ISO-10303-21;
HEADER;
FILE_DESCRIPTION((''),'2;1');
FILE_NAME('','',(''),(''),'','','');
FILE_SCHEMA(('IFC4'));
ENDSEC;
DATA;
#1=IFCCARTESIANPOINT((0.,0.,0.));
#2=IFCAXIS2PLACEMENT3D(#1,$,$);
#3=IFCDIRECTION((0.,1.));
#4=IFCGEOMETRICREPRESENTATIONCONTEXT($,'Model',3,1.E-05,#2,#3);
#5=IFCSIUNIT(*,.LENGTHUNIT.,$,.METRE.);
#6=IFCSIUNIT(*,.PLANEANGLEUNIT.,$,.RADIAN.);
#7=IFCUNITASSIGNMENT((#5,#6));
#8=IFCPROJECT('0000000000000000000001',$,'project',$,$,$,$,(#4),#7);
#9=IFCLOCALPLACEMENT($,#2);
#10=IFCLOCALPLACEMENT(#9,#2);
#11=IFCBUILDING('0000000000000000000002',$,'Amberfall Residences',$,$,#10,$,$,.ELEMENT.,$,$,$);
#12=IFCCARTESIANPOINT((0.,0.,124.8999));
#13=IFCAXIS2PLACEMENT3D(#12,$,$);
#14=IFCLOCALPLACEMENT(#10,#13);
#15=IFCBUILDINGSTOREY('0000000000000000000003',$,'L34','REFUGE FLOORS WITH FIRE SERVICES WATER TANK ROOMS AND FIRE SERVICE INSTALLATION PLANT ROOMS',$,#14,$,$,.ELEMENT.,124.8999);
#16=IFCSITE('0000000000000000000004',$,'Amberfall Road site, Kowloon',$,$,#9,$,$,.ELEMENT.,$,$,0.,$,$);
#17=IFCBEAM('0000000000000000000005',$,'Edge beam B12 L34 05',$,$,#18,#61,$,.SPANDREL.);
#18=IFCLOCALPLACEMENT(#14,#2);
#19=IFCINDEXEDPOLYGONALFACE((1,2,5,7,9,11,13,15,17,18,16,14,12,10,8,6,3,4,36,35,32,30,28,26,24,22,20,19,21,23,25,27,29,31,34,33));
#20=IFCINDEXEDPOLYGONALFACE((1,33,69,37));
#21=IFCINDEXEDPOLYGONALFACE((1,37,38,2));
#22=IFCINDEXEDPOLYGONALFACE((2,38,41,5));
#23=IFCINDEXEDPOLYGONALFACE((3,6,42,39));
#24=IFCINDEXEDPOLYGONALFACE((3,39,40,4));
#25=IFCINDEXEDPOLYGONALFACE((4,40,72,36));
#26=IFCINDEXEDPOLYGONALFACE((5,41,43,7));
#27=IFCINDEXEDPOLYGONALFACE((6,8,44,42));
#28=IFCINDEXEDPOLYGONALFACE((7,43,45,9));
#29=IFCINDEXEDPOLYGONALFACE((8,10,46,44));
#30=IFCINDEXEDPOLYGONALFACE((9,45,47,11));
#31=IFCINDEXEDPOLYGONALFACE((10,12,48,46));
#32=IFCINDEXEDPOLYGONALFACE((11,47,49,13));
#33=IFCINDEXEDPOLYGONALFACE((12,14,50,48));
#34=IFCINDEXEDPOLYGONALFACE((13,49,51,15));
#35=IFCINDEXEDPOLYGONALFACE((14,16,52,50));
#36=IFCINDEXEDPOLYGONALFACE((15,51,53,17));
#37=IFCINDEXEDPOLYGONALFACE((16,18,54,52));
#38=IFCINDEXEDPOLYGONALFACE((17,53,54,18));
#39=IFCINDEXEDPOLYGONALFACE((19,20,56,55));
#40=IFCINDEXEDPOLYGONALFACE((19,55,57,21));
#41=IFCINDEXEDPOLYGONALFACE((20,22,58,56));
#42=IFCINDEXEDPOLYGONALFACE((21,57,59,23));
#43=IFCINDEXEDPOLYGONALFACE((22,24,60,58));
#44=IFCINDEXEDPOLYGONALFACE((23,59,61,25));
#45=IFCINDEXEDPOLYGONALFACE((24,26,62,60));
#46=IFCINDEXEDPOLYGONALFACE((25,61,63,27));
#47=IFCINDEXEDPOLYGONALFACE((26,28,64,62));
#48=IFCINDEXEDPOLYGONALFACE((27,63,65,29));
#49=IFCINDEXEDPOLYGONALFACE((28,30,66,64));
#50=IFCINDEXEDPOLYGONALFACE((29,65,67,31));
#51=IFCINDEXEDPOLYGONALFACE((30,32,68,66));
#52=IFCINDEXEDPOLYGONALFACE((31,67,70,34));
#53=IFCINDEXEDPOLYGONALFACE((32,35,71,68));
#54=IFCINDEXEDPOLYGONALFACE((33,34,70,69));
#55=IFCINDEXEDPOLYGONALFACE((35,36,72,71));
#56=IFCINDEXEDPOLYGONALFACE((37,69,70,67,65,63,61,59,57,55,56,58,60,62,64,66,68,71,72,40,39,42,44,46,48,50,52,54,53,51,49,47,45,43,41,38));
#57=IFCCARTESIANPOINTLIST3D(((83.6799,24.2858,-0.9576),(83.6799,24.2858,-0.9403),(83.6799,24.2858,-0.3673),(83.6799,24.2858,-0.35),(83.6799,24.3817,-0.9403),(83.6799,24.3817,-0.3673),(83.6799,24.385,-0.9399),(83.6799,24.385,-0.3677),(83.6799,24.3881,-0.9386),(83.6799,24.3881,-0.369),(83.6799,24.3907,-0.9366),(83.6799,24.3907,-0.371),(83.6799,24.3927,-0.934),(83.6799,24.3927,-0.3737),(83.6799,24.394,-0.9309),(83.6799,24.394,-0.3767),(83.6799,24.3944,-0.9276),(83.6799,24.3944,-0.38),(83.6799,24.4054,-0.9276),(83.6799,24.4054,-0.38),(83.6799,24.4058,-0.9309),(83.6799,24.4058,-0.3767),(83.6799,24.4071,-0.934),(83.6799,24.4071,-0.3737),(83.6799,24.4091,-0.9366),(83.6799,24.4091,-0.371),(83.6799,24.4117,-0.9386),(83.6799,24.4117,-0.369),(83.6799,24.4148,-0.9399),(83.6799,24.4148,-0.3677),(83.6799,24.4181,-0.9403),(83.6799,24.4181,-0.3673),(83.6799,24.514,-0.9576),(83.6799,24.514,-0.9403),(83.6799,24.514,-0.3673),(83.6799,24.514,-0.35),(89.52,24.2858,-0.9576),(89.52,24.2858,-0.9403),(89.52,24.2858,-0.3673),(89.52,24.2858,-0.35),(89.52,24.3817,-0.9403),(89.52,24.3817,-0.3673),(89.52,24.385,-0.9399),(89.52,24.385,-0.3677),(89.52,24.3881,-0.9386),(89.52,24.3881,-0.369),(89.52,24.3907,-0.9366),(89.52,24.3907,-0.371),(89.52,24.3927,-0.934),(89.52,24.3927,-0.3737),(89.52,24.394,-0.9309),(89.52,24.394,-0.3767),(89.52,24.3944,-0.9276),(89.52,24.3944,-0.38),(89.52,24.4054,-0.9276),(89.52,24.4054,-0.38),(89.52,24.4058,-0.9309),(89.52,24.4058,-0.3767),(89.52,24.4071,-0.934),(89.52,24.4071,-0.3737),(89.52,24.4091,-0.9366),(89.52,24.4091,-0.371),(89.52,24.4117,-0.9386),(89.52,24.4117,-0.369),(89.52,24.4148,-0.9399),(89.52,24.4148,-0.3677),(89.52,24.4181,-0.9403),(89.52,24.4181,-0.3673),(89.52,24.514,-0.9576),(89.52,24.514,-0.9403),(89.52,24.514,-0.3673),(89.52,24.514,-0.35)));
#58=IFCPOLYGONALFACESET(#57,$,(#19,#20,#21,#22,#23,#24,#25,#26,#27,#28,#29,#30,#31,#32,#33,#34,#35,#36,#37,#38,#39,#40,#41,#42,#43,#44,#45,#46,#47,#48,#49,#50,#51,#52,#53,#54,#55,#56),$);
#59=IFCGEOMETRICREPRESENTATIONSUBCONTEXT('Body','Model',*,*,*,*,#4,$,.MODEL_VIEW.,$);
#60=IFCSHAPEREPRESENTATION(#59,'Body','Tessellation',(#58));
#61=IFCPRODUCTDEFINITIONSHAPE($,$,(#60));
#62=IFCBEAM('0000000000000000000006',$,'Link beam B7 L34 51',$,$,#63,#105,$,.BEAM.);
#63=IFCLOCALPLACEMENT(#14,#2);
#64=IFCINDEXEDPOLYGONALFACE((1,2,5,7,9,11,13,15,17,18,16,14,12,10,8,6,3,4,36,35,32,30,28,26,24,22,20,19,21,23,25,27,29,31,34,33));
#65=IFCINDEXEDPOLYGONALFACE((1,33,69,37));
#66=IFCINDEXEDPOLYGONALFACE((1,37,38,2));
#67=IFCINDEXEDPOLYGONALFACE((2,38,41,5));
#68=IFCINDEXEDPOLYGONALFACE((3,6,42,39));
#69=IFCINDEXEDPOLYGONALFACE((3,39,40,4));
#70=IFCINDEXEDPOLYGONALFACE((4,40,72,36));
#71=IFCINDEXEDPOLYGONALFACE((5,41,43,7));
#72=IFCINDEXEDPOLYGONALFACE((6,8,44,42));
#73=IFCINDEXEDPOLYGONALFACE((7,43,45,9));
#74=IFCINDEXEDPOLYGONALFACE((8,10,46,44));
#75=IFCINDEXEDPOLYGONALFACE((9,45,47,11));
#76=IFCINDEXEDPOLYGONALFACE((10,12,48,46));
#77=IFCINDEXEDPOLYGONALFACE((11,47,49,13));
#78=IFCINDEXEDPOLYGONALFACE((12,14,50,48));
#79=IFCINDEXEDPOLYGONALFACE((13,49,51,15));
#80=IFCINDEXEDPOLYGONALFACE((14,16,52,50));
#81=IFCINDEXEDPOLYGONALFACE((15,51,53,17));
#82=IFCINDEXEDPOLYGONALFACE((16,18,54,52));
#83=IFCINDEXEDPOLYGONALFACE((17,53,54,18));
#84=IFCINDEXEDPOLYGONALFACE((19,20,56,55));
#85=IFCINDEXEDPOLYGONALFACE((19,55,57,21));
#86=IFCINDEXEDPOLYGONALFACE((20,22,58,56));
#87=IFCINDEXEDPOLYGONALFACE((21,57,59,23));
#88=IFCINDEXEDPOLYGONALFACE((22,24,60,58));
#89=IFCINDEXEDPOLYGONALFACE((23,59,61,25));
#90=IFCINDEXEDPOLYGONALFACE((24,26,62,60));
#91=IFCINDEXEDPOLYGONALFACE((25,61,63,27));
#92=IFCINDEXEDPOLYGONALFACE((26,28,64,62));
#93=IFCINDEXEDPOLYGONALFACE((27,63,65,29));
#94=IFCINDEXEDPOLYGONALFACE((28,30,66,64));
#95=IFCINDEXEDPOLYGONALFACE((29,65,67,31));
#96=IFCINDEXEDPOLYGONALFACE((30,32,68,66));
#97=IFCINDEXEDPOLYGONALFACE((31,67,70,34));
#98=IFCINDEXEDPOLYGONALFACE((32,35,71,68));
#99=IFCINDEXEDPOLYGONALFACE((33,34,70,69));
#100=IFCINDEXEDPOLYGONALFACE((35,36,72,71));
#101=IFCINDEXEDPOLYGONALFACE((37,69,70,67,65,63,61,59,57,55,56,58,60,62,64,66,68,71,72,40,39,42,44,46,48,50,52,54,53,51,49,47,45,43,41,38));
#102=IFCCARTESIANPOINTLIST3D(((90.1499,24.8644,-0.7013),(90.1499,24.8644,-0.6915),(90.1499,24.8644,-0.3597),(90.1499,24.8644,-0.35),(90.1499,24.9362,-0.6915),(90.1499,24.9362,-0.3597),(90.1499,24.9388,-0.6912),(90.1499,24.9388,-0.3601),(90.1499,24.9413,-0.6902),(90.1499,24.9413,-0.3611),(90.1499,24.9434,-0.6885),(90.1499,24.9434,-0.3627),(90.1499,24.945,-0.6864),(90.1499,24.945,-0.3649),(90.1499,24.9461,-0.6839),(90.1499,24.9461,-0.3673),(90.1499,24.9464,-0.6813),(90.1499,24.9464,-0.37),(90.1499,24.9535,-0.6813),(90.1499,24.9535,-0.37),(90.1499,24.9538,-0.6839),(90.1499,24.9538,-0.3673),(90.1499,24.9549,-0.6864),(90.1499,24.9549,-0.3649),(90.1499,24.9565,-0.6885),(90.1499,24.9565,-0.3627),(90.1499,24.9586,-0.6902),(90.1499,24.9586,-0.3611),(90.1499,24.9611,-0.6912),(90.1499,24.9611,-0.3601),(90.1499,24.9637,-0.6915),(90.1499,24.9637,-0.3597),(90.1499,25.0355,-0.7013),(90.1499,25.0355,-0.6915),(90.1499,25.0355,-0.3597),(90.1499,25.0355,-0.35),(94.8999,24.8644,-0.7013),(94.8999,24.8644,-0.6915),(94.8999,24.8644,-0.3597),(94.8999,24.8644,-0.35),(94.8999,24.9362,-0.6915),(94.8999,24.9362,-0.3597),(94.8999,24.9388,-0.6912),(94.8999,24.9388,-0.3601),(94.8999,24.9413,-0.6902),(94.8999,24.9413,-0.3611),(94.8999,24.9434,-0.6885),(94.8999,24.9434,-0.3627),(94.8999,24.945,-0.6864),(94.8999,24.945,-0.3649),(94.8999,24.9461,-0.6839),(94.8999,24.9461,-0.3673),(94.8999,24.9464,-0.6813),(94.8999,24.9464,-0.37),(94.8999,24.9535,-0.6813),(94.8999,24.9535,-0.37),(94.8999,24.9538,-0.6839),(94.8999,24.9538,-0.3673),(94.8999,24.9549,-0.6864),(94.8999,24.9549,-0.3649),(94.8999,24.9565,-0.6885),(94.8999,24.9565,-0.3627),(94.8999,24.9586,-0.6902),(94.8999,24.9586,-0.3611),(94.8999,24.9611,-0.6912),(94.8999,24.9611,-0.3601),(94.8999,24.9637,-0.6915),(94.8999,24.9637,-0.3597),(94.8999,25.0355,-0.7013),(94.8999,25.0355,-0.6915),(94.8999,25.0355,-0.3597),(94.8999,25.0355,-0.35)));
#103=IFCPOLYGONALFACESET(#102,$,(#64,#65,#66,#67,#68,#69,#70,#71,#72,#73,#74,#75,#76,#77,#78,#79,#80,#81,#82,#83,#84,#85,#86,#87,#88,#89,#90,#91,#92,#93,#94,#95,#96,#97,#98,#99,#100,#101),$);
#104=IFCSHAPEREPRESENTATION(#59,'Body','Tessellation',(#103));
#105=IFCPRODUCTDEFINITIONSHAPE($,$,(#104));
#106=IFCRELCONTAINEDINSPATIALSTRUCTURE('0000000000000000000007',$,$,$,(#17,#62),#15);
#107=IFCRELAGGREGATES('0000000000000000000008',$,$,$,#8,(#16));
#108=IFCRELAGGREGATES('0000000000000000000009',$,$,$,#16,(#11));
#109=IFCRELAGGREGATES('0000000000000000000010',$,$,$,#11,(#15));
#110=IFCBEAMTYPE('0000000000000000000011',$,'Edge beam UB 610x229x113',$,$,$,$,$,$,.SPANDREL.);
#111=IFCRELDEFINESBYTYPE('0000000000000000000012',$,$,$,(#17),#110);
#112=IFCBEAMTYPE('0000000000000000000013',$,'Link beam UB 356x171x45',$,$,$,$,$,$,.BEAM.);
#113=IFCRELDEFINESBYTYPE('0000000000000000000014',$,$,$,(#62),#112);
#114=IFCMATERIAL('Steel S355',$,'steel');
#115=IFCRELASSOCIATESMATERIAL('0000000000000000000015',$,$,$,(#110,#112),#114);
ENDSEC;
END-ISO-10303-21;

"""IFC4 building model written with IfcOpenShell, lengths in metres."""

from ifc_helpers import new_model, si_unit, direction, frame, origin, origin_2d, place, context, subcontext, project, spatial, i_section, extrude, material, material_profile, profile_set, type_object, element, save


model = new_model("IFC4")

# Units and contexts
model_context = context("Model", 3, precision=1e-05, world=origin(), true_north=direction((0.0, 1.0)))
body_context = subcontext(model_context, "Body", "Model", "MODEL_VIEW")
ifc_project = project(units=[si_unit("LENGTHUNIT", "METRE"), si_unit("PLANEANGLEUNIT", "RADIAN")], contexts=[model_context])

# Site, building, storey
site_placement = place(None, origin())
site = spatial("IfcSite", under=ifc_project, at=site_placement, Name="Amberfall Road site, Kowloon", CompositionType="ELEMENT", RefElevation=0.0)
building_placement = place(site_placement, origin())
building = spatial("IfcBuilding", under=site, at=building_placement, Name="Amberfall Residences", CompositionType="ELEMENT")
storey_placement = place(building_placement, frame((0.0, 0.0, 124.8999)))
storey = spatial("IfcBuildingStorey", under=building, at=storey_placement, Name="L34", Description="REFUGE FLOORS WITH FIRE SERVICES WATER TANK ROOMS AND FIRE SERVICE INSTALLATION PLANT ROOMS", CompositionType="ELEMENT", Elevation=124.8999)

# Shared definitions
ifc_material_1 = material(Name="Steel S355", Category="steel")

# Beams
ifc_material_profile_1 = material_profile(ifc_material_1, i_section(OverallWidth=0.2283, OverallDepth=0.6077, WebThickness=0.011, FlangeThickness=0.0173, FilletRadius=0.0127, at=origin_2d()), Name="UB 610x229x113")
ifc_profile_set_1 = profile_set([ifc_material_profile_1], Name="Steel S355")
beam_type_1 = type_object("IfcBeamType", Name="Edge beam UB 610x229x113", PredefinedType="SPANDREL", material=ifc_profile_set_1)
beam_1_placement = place(storey_placement, frame((83.6799, 24.3999, -0.6538), z_axis=(1.0, 0.0, 0.0), x_axis=(0.0, 1.0, 0.0)))
element("IfcBeam", 1, at=beam_1_placement, inside=storey, type_object=beam_type_1, Name="Edge beam B12 L34 05", PredefinedType="SPANDREL", context=body_context, shape_type="SweptSolid", body=[
    extrude(i_section(OverallWidth=0.2283, OverallDepth=0.6077, WebThickness=0.011, FlangeThickness=0.0173, FilletRadius=0.0127, at=origin_2d()), origin(), (0.0, 0.0, 1.0), 5.8401),
])
ifc_material_profile_2 = material_profile(ifc_material_1, i_section(OverallWidth=0.1711, OverallDepth=0.3513, WebThickness=0.0071, FlangeThickness=0.0098, FilletRadius=0.0103, at=origin_2d()), Name="UB 356x171x45")
ifc_profile_set_2 = profile_set([ifc_material_profile_2], Name="Steel S355")
beam_type_2 = type_object("IfcBeamType", Name="Link beam UB 356x171x45", PredefinedType="BEAM", material=ifc_profile_set_2)
beam_2_placement = place(storey_placement, frame((90.1499, 24.95, -0.5256), z_axis=(1.0, 0.0, 0.0), x_axis=(0.0, 1.0, 0.0)))
element("IfcBeam", 2, at=beam_2_placement, inside=storey, type_object=beam_type_2, Name="Link beam B7 L34 51", PredefinedType="BEAM", context=body_context, shape_type="SweptSolid", body=[
    extrude(i_section(OverallWidth=0.1711, OverallDepth=0.3513, WebThickness=0.0071, FlangeThickness=0.0098, FilletRadius=0.0103, at=origin_2d()), origin(), (0.0, 0.0, 1.0), 4.75),
])

save(model, "model.ifc")
